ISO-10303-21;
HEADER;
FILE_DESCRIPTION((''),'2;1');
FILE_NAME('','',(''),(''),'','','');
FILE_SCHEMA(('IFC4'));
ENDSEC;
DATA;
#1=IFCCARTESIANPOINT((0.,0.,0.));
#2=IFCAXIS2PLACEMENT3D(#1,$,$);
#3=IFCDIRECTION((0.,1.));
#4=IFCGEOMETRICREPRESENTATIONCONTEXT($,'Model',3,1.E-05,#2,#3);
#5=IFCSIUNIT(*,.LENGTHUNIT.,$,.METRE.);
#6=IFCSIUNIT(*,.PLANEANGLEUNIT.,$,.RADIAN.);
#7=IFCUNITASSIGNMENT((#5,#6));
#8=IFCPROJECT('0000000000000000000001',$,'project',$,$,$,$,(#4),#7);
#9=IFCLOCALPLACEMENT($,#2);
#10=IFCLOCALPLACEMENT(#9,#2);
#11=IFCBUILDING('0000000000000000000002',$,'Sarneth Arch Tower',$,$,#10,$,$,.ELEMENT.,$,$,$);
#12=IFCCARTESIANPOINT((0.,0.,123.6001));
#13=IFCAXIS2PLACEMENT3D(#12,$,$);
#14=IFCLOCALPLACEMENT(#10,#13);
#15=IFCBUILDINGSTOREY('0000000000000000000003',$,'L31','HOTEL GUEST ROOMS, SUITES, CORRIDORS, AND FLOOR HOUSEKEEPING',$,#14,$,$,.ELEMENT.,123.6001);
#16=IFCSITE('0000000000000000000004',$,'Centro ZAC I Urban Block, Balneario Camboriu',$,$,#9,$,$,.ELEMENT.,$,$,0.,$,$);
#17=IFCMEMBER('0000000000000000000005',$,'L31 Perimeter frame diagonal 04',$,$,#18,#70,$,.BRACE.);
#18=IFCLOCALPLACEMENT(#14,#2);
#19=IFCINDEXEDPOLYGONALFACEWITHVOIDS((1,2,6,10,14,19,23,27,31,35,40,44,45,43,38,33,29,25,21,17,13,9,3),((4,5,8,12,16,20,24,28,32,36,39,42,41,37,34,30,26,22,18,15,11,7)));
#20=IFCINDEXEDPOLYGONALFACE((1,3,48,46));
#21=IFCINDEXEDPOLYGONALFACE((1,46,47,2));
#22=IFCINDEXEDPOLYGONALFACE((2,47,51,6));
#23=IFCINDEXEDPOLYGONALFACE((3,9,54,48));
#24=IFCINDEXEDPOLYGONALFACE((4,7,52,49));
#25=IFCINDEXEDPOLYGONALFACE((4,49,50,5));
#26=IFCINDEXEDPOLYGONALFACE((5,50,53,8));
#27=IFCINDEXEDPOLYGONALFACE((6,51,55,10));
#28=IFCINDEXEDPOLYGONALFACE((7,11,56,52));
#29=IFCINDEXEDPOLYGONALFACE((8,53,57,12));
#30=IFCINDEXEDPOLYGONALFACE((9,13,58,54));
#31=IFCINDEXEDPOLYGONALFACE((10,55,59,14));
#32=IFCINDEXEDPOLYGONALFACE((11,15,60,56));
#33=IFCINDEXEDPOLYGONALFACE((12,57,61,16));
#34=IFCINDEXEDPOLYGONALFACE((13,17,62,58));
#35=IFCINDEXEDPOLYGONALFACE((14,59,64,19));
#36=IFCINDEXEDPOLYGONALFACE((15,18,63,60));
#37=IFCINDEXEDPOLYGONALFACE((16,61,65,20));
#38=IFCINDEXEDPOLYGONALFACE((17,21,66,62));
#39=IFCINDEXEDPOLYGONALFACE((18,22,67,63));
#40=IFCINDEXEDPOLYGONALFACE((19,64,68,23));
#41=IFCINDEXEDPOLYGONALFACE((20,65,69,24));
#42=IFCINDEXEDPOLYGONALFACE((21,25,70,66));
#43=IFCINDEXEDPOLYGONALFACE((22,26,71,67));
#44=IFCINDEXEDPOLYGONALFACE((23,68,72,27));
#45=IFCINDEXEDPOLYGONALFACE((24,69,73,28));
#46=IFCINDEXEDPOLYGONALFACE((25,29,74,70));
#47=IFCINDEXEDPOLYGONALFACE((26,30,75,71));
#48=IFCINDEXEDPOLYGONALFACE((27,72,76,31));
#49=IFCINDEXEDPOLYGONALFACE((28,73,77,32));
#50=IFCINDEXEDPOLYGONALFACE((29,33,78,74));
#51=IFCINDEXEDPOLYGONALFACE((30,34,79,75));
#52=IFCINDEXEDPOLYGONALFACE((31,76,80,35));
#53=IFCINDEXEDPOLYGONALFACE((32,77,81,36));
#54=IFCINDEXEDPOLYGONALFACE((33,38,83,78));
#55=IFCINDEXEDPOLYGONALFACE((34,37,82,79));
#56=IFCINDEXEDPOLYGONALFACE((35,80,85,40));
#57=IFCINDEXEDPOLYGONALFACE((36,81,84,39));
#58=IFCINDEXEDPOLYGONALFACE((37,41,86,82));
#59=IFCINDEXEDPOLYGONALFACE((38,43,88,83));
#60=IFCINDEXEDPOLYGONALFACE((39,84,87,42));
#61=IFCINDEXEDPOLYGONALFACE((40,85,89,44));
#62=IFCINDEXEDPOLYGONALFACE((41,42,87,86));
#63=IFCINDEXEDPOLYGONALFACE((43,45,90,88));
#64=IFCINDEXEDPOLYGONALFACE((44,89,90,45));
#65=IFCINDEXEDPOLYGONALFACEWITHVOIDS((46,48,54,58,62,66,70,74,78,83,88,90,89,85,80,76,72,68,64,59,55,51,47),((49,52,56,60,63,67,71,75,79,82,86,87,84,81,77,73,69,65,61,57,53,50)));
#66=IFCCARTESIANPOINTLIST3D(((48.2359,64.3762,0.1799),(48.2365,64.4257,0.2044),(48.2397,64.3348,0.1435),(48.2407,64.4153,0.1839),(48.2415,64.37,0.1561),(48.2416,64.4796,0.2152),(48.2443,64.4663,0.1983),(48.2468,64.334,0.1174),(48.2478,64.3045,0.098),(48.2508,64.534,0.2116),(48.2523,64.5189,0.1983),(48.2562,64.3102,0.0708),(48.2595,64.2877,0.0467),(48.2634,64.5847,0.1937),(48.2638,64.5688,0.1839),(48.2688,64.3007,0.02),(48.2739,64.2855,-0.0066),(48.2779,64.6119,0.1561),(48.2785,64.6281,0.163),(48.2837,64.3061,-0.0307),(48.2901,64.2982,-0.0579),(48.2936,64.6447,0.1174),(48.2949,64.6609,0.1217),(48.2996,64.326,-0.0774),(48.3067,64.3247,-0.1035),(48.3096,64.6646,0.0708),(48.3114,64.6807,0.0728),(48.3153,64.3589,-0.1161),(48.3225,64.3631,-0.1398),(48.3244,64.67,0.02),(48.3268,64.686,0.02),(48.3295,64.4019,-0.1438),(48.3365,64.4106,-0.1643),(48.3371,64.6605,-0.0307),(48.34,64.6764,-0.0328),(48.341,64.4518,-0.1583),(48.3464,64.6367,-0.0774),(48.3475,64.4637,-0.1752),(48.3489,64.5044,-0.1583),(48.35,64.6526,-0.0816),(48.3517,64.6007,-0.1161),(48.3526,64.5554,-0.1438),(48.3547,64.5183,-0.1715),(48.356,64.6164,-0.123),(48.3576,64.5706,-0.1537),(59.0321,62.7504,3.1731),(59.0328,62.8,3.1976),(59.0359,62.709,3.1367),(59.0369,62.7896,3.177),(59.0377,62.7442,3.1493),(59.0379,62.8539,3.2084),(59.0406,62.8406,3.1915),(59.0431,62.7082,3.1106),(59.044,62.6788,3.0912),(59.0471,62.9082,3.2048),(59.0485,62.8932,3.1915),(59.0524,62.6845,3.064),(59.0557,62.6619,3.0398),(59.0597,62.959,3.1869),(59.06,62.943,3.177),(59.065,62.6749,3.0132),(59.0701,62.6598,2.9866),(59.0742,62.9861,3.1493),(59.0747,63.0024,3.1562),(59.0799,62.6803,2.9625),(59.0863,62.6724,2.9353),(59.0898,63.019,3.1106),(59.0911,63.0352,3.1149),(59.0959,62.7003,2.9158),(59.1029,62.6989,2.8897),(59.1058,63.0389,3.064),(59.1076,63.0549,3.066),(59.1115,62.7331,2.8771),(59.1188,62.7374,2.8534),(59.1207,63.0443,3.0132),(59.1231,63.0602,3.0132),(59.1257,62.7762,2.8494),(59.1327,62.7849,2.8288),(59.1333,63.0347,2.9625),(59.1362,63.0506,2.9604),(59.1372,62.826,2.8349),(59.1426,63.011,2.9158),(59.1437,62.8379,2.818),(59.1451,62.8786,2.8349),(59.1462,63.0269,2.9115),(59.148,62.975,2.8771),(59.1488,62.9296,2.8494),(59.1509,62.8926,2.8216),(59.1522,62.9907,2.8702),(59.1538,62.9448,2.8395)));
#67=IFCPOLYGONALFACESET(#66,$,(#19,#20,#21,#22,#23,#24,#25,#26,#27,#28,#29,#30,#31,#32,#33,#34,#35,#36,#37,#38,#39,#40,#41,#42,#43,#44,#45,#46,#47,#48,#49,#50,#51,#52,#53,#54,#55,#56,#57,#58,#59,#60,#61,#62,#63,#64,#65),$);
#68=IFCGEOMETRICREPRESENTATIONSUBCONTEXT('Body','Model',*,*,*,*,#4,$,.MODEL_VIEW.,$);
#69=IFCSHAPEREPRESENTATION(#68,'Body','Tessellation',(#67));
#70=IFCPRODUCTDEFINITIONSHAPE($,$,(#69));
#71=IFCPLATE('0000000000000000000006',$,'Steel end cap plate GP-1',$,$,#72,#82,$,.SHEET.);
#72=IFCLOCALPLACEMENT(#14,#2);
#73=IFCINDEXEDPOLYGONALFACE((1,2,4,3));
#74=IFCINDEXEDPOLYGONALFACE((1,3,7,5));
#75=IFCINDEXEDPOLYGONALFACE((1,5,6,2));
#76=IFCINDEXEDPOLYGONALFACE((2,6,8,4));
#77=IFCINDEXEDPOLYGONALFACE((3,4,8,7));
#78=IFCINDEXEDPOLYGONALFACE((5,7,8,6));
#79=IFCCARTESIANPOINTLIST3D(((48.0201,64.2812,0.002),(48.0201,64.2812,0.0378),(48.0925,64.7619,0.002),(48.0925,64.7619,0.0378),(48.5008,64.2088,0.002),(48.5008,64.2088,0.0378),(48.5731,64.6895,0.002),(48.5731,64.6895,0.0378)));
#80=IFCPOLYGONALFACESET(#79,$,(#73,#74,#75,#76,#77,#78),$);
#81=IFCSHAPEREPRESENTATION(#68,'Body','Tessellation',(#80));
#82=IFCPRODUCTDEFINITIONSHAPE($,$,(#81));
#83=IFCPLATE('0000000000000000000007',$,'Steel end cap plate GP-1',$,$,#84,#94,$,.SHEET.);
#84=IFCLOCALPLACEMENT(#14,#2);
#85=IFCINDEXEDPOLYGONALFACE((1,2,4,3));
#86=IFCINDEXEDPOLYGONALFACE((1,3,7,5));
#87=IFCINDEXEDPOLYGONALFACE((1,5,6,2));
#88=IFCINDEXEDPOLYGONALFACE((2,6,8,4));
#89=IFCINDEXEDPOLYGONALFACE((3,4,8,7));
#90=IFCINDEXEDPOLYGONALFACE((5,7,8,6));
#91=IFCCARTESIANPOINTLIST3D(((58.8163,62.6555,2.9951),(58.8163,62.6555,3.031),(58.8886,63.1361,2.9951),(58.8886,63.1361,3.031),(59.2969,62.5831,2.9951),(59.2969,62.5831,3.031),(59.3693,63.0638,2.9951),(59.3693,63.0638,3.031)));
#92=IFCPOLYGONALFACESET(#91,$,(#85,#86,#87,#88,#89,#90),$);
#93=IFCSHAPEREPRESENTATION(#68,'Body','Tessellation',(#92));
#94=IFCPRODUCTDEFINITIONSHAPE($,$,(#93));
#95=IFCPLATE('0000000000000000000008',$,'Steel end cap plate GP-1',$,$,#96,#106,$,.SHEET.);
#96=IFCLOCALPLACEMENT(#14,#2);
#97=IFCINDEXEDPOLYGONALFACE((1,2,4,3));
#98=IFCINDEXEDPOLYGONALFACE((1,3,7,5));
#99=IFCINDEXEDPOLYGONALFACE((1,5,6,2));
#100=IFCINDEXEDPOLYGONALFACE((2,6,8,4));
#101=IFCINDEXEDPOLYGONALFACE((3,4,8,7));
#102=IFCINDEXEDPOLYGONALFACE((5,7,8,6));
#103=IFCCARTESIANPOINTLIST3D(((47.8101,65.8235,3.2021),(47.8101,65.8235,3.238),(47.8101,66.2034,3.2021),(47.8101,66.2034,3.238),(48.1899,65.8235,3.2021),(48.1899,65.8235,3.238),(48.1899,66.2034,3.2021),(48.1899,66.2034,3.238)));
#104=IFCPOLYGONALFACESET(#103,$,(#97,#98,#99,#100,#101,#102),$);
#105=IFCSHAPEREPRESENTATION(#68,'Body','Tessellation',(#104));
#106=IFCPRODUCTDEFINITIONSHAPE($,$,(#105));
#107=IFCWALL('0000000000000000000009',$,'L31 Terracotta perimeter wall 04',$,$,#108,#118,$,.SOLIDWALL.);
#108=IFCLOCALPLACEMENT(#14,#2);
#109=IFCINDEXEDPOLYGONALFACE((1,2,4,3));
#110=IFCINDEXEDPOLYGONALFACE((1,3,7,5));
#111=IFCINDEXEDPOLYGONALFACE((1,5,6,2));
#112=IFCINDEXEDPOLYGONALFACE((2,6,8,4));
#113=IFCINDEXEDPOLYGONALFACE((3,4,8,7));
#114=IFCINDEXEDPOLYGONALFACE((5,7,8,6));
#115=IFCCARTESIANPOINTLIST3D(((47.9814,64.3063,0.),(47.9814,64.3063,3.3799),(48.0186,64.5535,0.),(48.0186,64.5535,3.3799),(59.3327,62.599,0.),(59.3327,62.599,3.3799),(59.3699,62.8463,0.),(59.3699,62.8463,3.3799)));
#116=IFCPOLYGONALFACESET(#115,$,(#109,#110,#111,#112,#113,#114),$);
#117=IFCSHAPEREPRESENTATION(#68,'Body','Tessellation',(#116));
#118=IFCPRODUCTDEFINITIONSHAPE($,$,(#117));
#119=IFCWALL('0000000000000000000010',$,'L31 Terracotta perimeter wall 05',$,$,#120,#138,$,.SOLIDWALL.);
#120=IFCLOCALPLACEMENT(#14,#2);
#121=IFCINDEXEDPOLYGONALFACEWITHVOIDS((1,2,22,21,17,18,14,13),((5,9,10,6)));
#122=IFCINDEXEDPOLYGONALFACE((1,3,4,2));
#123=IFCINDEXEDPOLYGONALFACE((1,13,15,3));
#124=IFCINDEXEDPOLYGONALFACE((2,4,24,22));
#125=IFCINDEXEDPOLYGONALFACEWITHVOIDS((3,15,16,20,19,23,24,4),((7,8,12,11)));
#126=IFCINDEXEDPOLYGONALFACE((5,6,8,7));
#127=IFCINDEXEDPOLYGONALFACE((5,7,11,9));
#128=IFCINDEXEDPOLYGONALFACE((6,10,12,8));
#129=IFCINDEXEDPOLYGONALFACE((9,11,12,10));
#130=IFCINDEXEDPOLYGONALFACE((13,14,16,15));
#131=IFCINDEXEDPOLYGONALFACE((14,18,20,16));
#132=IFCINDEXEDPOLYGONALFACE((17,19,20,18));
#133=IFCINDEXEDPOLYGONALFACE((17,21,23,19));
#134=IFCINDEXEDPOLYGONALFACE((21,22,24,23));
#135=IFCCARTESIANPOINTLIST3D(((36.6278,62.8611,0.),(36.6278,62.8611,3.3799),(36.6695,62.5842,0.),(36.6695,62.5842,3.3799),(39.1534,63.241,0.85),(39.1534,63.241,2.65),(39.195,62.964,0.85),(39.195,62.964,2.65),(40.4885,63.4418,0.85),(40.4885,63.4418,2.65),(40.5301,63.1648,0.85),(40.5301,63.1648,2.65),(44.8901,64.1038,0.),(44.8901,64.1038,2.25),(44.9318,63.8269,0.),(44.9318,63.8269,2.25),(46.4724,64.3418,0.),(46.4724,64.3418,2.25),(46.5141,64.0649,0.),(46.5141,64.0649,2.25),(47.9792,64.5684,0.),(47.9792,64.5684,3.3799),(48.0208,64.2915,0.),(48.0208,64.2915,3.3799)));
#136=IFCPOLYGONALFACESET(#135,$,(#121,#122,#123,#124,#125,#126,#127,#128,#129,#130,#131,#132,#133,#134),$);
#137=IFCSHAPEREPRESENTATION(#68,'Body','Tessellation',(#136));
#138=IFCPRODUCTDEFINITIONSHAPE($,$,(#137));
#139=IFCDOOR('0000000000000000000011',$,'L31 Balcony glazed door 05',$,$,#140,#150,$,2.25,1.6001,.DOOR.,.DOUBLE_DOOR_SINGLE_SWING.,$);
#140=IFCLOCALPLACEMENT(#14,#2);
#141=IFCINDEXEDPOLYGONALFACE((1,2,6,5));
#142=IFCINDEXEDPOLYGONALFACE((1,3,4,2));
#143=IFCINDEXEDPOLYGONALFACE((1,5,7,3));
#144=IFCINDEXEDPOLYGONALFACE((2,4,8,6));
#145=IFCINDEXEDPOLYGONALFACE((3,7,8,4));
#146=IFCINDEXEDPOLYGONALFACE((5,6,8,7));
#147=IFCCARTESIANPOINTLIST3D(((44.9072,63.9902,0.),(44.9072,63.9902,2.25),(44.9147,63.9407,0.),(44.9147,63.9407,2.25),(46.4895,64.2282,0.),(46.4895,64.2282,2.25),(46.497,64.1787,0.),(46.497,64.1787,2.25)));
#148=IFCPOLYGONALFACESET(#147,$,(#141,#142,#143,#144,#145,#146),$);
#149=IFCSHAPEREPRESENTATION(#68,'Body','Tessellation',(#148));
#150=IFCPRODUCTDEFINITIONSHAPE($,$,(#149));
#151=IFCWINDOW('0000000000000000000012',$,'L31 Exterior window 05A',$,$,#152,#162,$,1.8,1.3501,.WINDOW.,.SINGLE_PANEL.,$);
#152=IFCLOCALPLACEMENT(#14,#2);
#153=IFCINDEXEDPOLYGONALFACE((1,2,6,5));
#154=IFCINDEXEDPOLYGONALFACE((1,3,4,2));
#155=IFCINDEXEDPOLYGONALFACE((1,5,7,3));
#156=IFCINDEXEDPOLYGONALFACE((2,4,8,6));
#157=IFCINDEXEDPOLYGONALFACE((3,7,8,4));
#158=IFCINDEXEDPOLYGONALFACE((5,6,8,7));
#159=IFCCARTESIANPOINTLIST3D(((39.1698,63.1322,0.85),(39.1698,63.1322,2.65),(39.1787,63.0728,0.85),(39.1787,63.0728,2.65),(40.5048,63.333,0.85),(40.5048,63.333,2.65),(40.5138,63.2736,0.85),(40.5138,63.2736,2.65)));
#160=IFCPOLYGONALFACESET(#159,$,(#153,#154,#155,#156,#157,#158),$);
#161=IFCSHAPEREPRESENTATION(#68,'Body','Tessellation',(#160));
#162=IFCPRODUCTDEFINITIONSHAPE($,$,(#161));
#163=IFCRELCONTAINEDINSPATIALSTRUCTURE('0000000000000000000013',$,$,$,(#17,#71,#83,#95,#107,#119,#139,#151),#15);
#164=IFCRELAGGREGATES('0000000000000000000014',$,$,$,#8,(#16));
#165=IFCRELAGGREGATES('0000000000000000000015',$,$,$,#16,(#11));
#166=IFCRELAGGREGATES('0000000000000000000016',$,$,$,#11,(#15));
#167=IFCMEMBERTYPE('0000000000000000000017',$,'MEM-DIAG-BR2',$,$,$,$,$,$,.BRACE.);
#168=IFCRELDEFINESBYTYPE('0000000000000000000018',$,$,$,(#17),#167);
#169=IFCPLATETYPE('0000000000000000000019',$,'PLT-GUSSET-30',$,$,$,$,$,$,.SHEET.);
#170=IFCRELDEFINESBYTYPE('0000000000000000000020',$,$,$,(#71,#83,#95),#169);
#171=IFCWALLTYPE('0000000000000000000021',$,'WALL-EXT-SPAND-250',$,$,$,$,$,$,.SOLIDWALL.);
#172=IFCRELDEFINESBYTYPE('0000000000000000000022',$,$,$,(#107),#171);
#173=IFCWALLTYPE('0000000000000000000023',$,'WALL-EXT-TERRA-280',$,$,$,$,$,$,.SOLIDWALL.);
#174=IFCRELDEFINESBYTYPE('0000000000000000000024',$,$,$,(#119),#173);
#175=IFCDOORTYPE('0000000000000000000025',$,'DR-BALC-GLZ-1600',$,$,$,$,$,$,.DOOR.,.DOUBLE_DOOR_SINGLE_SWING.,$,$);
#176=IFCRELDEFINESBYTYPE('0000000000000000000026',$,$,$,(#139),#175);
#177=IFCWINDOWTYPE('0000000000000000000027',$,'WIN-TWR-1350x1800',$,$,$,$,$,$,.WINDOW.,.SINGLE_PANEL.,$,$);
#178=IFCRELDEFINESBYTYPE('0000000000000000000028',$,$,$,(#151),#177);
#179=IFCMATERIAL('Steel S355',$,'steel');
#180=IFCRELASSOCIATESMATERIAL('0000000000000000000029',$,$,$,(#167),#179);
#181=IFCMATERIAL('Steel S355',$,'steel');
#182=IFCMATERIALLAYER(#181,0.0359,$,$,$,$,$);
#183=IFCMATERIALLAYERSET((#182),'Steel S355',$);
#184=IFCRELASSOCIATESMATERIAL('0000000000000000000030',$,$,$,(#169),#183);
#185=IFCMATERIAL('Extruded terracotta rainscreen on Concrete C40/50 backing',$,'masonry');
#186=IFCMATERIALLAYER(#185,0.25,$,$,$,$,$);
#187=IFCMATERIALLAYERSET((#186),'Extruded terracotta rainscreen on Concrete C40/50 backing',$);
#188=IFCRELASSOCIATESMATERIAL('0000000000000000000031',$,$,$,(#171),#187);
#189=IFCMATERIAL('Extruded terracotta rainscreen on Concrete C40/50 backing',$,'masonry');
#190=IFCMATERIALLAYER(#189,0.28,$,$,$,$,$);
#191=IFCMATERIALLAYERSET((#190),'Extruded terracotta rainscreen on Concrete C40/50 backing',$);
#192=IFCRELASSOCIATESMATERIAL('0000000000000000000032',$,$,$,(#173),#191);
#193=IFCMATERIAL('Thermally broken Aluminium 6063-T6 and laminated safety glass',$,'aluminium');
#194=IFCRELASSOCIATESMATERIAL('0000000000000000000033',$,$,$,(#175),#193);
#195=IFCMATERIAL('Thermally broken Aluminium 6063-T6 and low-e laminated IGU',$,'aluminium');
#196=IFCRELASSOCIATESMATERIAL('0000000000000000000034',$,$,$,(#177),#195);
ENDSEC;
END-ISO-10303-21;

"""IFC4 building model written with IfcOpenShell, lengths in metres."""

from ifc_helpers import new_model, si_unit, direction, frame, frame_2d, origin, origin_2d, place, context, subcontext, project, spatial, rectangle, hollow_circle, extrude, material, layer, layer_set, material_profile, profile_set, type_object, element, fill, save


model = new_model("IFC4")

# Units and contexts
model_context = context("Model", 3, precision=1e-05, world=origin(), true_north=direction((0.0, 1.0)))
body_context = subcontext(model_context, "Body", "Model", "MODEL_VIEW")
ifc_project = project(units=[si_unit("LENGTHUNIT", "METRE"), si_unit("PLANEANGLEUNIT", "RADIAN")], contexts=[model_context])

# Site, building, storey
site_placement = place(None, origin())
site = spatial("IfcSite", under=ifc_project, at=site_placement, Name="Centro ZAC I Urban Block, Balneario Camboriu", CompositionType="ELEMENT", RefElevation=0.0)
building_placement = place(site_placement, origin())
building = spatial("IfcBuilding", under=site, at=building_placement, Name="Sarneth Arch Tower", CompositionType="ELEMENT")
storey_placement = place(building_placement, frame((0.0, 0.0, 123.6001)))
storey = spatial("IfcBuildingStorey", under=building, at=storey_placement, Name="L31", Description="HOTEL GUEST ROOMS, SUITES, CORRIDORS, AND FLOOR HOUSEKEEPING", CompositionType="ELEMENT", Elevation=123.6001)

# Member
ifc_material_1 = material(Name="Steel S355", Category="steel")
ifc_material_profile_1 = material_profile(ifc_material_1, hollow_circle(Radius=0.2029, WallThickness=0.0161, at=origin_2d()), Name="CHS406x16")
ifc_profile_set_1 = profile_set([ifc_material_profile_1], Name="Steel S355")
member_type_1 = type_object("IfcMemberType", Name="MEM-DIAG-BR2", PredefinedType="BRACE", material=ifc_profile_set_1)
member_1_placement = place(storey_placement, frame((48.2966, 64.4854, 0.02), z_axis=(0.953662, -0.143607, 0.264397), x_axis=(0.148906, 0.988851, 0.0)))
element("IfcMember", 1, at=member_1_placement, inside=storey, type_object=member_type_1, Name="L31 Perimeter frame diagonal 04", PredefinedType="BRACE", context=body_context, shape_type="SweptSolid", body=[
    extrude(hollow_circle(Radius=0.2029, WallThickness=0.0161, at=origin_2d()), origin(), (0.0, 0.0, 1.0), 11.3208),
])

# Plates
ifc_material_2 = material(Name="Steel S355", Category="steel")
ifc_layer_1 = layer(ifc_material_2, 0.0359)
ifc_layer_set_1 = layer_set([ifc_layer_1], Name="Steel S355")
plate_type = type_object("IfcPlateType", Name="PLT-GUSSET-30", PredefinedType="SHEET", material=ifc_layer_set_1)
for number, where, z_axis, x_axis, name in (
    (2, (48.2966, 64.4854, 0.002), (0.0, 0.0, 1.0), (-0.988861, 0.148845, 0.0), "Steel end cap plate GP-1"),
    (3, (59.0928, 62.8596, 2.9951), (0.0, 0.0, 1.0), (-0.988861, 0.148845, 0.0), "Steel end cap plate GP-1"),
):
    element("IfcPlate", number, at=place(storey_placement, frame(where, z_axis=z_axis, x_axis=x_axis)), inside=storey, type_object=plate_type, Name=name, PredefinedType="SHEET", context=body_context, shape_type="SweptSolid", body=[
        extrude(rectangle(XDim=0.4861, YDim=0.4861, at=origin_2d()), origin(), (0.0, 0.0, 1.0), 0.0359),
    ])
plate_placement = place(storey_placement, frame((48.0, 66.0134, 3.2021), z_axis=(0.0, 0.0, 1.0), x_axis=(0.0, 1.0, 0.0)))
element("IfcPlate", 4, at=plate_placement, inside=storey, type_object=plate_type, Name="Steel end cap plate GP-1", PredefinedType="SHEET", context=body_context, shape_type="SweptSolid", body=[
    extrude(rectangle(XDim=0.3799, YDim=0.3799, at=origin_2d()), origin(), (0.0, 0.0, 1.0), 0.0359),
])

# Wall
ifc_material_3 = material(Name="Extruded terracotta rainscreen on Concrete C40/50 backing", Category="masonry")
ifc_layer_2 = layer(ifc_material_3, 0.25)
ifc_layer_set_2 = layer_set([ifc_layer_2], Name="Extruded terracotta rainscreen on Concrete C40/50 backing")
wall_type_1 = type_object("IfcWallType", Name="WALL-EXT-SPAND-250", PredefinedType="SOLIDWALL", material=ifc_layer_set_2)
wall_1_placement = place(storey_placement, frame((59.3513, 62.7227, 0.0), z_axis=(0.0, 0.0, 1.0), x_axis=(-0.988878, 0.14873, 0.0)))
element("IfcWall", 5, at=wall_1_placement, inside=storey, type_object=wall_type_1, Name="L31 Terracotta perimeter wall 04", PredefinedType="SOLIDWALL", context=body_context, shape_type="SweptSolid", body=[
    extrude(rectangle(XDim=11.479, YDim=0.25, at=frame_2d((5.7395, 0.0))), origin(), (0.0, 0.0, 1.0), 3.3799),
])

# Wall, openings, door, window
ifc_material_4 = material(Name="Extruded terracotta rainscreen on Concrete C40/50 backing", Category="masonry")
ifc_layer_3 = layer(ifc_material_4, 0.28)
ifc_layer_set_3 = layer_set([ifc_layer_3], Name="Extruded terracotta rainscreen on Concrete C40/50 backing")
wall_type_2 = type_object("IfcWallType", Name="WALL-EXT-TERRA-280", PredefinedType="SOLIDWALL", material=ifc_layer_set_3)
wall_2_placement = place(storey_placement, frame((48.0, 64.4299, 0.0), z_axis=(0.0, 0.0, 1.0), x_axis=(-0.988878, -0.14873, 0.0)))
wall_2 = element("IfcWall", 6, at=wall_2_placement, inside=storey, type_object=wall_type_2, Name="L31 Terracotta perimeter wall 05", PredefinedType="SOLIDWALL", context=body_context, shape_type="SweptSolid", body=[
    extrude(rectangle(XDim=11.479, YDim=0.28, at=frame_2d((5.7395, 0.0))), origin(), (0.0, 0.0, 1.0), 3.3799),
])
opening_1_placement = place(wall_2_placement, frame((1.5237, 0.0, 0.0)))
opening_1 = element("IfcOpeningElement", 7, at=opening_1_placement, cuts=wall_2, PredefinedType="OPENING", context=body_context, shape_type="SweptSolid", body=[
    extrude(rectangle(XDim=1.6001, YDim=2.25, at=frame_2d((0.8, 1.125))), frame((0.0, 0.1499, 0.0), z_axis=(0.0, -1.0, 0.0), x_axis=(1.0, 0.0, 0.0)), (0.0, 0.0, 1.0), 0.3),
])
opening_2_placement = place(wall_2_placement, frame((7.575, 0.0, 0.8501)))
opening_2 = element("IfcOpeningElement", 8, at=opening_2_placement, cuts=wall_2, PredefinedType="OPENING", context=body_context, shape_type="SweptSolid", body=[
    extrude(rectangle(XDim=1.3501, YDim=1.8, at=frame_2d((0.675, 0.8999))), frame((0.0, 0.1499, 0.0), z_axis=(0.0, -1.0, 0.0), x_axis=(1.0, 0.0, 0.0)), (0.0, 0.0, 1.0), 0.3),
])
ifc_material_5 = material(Name="Thermally broken Aluminium 6063-T6 and laminated safety glass", Category="aluminium")
door_type_1 = type_object("IfcDoorType", Name="DR-BALC-GLZ-1600", OperationType="DOUBLE_DOOR_SINGLE_SWING", PredefinedType="DOOR", material=ifc_material_5)
door_1_placement = place(opening_1_placement, origin())
door_1 = element("IfcDoor", 9, at=door_1_placement, inside=storey, type_object=door_type_1, Name="L31 Balcony glazed door 05", OperationType="DOUBLE_DOOR_SINGLE_SWING", OverallHeight=2.25, OverallWidth=1.6001, PredefinedType="DOOR", context=body_context, shape_type="SweptSolid", body=[
    extrude(rectangle(XDim=1.6001, YDim=2.25, at=frame_2d((0.8, 1.125))), frame((0.0, 0.0249, 0.0), z_axis=(0.0, -1.0, 0.0), x_axis=(1.0, 0.0, 0.0)), (0.0, 0.0, 1.0), 0.05),
])
fill(opening_1, door_1)
ifc_material_6 = material(Name="Thermally broken Aluminium 6063-T6 and low-e laminated IGU", Category="aluminium")
window_type = type_object("IfcWindowType", Name="WIN-TWR-1350x1800", PartitioningType="SINGLE_PANEL", PredefinedType="WINDOW", material=ifc_material_6)
window_placement = place(opening_2_placement, origin())
window = element("IfcWindow", 10, at=window_placement, inside=storey, type_object=window_type, Name="L31 Exterior window 05A", OverallHeight=1.8, OverallWidth=1.3501, PartitioningType="SINGLE_PANEL", PredefinedType="WINDOW", context=body_context, shape_type="SweptSolid", body=[
    extrude(rectangle(XDim=1.3501, YDim=1.8, at=frame_2d((0.675, 0.8999))), frame((0.0, 0.03, 0.0), z_axis=(0.0, -1.0, 0.0), x_axis=(1.0, 0.0, 0.0)), (0.0, 0.0, 1.0), 0.0601),
])
fill(opening_2, window)

save(model, "model.ifc")
